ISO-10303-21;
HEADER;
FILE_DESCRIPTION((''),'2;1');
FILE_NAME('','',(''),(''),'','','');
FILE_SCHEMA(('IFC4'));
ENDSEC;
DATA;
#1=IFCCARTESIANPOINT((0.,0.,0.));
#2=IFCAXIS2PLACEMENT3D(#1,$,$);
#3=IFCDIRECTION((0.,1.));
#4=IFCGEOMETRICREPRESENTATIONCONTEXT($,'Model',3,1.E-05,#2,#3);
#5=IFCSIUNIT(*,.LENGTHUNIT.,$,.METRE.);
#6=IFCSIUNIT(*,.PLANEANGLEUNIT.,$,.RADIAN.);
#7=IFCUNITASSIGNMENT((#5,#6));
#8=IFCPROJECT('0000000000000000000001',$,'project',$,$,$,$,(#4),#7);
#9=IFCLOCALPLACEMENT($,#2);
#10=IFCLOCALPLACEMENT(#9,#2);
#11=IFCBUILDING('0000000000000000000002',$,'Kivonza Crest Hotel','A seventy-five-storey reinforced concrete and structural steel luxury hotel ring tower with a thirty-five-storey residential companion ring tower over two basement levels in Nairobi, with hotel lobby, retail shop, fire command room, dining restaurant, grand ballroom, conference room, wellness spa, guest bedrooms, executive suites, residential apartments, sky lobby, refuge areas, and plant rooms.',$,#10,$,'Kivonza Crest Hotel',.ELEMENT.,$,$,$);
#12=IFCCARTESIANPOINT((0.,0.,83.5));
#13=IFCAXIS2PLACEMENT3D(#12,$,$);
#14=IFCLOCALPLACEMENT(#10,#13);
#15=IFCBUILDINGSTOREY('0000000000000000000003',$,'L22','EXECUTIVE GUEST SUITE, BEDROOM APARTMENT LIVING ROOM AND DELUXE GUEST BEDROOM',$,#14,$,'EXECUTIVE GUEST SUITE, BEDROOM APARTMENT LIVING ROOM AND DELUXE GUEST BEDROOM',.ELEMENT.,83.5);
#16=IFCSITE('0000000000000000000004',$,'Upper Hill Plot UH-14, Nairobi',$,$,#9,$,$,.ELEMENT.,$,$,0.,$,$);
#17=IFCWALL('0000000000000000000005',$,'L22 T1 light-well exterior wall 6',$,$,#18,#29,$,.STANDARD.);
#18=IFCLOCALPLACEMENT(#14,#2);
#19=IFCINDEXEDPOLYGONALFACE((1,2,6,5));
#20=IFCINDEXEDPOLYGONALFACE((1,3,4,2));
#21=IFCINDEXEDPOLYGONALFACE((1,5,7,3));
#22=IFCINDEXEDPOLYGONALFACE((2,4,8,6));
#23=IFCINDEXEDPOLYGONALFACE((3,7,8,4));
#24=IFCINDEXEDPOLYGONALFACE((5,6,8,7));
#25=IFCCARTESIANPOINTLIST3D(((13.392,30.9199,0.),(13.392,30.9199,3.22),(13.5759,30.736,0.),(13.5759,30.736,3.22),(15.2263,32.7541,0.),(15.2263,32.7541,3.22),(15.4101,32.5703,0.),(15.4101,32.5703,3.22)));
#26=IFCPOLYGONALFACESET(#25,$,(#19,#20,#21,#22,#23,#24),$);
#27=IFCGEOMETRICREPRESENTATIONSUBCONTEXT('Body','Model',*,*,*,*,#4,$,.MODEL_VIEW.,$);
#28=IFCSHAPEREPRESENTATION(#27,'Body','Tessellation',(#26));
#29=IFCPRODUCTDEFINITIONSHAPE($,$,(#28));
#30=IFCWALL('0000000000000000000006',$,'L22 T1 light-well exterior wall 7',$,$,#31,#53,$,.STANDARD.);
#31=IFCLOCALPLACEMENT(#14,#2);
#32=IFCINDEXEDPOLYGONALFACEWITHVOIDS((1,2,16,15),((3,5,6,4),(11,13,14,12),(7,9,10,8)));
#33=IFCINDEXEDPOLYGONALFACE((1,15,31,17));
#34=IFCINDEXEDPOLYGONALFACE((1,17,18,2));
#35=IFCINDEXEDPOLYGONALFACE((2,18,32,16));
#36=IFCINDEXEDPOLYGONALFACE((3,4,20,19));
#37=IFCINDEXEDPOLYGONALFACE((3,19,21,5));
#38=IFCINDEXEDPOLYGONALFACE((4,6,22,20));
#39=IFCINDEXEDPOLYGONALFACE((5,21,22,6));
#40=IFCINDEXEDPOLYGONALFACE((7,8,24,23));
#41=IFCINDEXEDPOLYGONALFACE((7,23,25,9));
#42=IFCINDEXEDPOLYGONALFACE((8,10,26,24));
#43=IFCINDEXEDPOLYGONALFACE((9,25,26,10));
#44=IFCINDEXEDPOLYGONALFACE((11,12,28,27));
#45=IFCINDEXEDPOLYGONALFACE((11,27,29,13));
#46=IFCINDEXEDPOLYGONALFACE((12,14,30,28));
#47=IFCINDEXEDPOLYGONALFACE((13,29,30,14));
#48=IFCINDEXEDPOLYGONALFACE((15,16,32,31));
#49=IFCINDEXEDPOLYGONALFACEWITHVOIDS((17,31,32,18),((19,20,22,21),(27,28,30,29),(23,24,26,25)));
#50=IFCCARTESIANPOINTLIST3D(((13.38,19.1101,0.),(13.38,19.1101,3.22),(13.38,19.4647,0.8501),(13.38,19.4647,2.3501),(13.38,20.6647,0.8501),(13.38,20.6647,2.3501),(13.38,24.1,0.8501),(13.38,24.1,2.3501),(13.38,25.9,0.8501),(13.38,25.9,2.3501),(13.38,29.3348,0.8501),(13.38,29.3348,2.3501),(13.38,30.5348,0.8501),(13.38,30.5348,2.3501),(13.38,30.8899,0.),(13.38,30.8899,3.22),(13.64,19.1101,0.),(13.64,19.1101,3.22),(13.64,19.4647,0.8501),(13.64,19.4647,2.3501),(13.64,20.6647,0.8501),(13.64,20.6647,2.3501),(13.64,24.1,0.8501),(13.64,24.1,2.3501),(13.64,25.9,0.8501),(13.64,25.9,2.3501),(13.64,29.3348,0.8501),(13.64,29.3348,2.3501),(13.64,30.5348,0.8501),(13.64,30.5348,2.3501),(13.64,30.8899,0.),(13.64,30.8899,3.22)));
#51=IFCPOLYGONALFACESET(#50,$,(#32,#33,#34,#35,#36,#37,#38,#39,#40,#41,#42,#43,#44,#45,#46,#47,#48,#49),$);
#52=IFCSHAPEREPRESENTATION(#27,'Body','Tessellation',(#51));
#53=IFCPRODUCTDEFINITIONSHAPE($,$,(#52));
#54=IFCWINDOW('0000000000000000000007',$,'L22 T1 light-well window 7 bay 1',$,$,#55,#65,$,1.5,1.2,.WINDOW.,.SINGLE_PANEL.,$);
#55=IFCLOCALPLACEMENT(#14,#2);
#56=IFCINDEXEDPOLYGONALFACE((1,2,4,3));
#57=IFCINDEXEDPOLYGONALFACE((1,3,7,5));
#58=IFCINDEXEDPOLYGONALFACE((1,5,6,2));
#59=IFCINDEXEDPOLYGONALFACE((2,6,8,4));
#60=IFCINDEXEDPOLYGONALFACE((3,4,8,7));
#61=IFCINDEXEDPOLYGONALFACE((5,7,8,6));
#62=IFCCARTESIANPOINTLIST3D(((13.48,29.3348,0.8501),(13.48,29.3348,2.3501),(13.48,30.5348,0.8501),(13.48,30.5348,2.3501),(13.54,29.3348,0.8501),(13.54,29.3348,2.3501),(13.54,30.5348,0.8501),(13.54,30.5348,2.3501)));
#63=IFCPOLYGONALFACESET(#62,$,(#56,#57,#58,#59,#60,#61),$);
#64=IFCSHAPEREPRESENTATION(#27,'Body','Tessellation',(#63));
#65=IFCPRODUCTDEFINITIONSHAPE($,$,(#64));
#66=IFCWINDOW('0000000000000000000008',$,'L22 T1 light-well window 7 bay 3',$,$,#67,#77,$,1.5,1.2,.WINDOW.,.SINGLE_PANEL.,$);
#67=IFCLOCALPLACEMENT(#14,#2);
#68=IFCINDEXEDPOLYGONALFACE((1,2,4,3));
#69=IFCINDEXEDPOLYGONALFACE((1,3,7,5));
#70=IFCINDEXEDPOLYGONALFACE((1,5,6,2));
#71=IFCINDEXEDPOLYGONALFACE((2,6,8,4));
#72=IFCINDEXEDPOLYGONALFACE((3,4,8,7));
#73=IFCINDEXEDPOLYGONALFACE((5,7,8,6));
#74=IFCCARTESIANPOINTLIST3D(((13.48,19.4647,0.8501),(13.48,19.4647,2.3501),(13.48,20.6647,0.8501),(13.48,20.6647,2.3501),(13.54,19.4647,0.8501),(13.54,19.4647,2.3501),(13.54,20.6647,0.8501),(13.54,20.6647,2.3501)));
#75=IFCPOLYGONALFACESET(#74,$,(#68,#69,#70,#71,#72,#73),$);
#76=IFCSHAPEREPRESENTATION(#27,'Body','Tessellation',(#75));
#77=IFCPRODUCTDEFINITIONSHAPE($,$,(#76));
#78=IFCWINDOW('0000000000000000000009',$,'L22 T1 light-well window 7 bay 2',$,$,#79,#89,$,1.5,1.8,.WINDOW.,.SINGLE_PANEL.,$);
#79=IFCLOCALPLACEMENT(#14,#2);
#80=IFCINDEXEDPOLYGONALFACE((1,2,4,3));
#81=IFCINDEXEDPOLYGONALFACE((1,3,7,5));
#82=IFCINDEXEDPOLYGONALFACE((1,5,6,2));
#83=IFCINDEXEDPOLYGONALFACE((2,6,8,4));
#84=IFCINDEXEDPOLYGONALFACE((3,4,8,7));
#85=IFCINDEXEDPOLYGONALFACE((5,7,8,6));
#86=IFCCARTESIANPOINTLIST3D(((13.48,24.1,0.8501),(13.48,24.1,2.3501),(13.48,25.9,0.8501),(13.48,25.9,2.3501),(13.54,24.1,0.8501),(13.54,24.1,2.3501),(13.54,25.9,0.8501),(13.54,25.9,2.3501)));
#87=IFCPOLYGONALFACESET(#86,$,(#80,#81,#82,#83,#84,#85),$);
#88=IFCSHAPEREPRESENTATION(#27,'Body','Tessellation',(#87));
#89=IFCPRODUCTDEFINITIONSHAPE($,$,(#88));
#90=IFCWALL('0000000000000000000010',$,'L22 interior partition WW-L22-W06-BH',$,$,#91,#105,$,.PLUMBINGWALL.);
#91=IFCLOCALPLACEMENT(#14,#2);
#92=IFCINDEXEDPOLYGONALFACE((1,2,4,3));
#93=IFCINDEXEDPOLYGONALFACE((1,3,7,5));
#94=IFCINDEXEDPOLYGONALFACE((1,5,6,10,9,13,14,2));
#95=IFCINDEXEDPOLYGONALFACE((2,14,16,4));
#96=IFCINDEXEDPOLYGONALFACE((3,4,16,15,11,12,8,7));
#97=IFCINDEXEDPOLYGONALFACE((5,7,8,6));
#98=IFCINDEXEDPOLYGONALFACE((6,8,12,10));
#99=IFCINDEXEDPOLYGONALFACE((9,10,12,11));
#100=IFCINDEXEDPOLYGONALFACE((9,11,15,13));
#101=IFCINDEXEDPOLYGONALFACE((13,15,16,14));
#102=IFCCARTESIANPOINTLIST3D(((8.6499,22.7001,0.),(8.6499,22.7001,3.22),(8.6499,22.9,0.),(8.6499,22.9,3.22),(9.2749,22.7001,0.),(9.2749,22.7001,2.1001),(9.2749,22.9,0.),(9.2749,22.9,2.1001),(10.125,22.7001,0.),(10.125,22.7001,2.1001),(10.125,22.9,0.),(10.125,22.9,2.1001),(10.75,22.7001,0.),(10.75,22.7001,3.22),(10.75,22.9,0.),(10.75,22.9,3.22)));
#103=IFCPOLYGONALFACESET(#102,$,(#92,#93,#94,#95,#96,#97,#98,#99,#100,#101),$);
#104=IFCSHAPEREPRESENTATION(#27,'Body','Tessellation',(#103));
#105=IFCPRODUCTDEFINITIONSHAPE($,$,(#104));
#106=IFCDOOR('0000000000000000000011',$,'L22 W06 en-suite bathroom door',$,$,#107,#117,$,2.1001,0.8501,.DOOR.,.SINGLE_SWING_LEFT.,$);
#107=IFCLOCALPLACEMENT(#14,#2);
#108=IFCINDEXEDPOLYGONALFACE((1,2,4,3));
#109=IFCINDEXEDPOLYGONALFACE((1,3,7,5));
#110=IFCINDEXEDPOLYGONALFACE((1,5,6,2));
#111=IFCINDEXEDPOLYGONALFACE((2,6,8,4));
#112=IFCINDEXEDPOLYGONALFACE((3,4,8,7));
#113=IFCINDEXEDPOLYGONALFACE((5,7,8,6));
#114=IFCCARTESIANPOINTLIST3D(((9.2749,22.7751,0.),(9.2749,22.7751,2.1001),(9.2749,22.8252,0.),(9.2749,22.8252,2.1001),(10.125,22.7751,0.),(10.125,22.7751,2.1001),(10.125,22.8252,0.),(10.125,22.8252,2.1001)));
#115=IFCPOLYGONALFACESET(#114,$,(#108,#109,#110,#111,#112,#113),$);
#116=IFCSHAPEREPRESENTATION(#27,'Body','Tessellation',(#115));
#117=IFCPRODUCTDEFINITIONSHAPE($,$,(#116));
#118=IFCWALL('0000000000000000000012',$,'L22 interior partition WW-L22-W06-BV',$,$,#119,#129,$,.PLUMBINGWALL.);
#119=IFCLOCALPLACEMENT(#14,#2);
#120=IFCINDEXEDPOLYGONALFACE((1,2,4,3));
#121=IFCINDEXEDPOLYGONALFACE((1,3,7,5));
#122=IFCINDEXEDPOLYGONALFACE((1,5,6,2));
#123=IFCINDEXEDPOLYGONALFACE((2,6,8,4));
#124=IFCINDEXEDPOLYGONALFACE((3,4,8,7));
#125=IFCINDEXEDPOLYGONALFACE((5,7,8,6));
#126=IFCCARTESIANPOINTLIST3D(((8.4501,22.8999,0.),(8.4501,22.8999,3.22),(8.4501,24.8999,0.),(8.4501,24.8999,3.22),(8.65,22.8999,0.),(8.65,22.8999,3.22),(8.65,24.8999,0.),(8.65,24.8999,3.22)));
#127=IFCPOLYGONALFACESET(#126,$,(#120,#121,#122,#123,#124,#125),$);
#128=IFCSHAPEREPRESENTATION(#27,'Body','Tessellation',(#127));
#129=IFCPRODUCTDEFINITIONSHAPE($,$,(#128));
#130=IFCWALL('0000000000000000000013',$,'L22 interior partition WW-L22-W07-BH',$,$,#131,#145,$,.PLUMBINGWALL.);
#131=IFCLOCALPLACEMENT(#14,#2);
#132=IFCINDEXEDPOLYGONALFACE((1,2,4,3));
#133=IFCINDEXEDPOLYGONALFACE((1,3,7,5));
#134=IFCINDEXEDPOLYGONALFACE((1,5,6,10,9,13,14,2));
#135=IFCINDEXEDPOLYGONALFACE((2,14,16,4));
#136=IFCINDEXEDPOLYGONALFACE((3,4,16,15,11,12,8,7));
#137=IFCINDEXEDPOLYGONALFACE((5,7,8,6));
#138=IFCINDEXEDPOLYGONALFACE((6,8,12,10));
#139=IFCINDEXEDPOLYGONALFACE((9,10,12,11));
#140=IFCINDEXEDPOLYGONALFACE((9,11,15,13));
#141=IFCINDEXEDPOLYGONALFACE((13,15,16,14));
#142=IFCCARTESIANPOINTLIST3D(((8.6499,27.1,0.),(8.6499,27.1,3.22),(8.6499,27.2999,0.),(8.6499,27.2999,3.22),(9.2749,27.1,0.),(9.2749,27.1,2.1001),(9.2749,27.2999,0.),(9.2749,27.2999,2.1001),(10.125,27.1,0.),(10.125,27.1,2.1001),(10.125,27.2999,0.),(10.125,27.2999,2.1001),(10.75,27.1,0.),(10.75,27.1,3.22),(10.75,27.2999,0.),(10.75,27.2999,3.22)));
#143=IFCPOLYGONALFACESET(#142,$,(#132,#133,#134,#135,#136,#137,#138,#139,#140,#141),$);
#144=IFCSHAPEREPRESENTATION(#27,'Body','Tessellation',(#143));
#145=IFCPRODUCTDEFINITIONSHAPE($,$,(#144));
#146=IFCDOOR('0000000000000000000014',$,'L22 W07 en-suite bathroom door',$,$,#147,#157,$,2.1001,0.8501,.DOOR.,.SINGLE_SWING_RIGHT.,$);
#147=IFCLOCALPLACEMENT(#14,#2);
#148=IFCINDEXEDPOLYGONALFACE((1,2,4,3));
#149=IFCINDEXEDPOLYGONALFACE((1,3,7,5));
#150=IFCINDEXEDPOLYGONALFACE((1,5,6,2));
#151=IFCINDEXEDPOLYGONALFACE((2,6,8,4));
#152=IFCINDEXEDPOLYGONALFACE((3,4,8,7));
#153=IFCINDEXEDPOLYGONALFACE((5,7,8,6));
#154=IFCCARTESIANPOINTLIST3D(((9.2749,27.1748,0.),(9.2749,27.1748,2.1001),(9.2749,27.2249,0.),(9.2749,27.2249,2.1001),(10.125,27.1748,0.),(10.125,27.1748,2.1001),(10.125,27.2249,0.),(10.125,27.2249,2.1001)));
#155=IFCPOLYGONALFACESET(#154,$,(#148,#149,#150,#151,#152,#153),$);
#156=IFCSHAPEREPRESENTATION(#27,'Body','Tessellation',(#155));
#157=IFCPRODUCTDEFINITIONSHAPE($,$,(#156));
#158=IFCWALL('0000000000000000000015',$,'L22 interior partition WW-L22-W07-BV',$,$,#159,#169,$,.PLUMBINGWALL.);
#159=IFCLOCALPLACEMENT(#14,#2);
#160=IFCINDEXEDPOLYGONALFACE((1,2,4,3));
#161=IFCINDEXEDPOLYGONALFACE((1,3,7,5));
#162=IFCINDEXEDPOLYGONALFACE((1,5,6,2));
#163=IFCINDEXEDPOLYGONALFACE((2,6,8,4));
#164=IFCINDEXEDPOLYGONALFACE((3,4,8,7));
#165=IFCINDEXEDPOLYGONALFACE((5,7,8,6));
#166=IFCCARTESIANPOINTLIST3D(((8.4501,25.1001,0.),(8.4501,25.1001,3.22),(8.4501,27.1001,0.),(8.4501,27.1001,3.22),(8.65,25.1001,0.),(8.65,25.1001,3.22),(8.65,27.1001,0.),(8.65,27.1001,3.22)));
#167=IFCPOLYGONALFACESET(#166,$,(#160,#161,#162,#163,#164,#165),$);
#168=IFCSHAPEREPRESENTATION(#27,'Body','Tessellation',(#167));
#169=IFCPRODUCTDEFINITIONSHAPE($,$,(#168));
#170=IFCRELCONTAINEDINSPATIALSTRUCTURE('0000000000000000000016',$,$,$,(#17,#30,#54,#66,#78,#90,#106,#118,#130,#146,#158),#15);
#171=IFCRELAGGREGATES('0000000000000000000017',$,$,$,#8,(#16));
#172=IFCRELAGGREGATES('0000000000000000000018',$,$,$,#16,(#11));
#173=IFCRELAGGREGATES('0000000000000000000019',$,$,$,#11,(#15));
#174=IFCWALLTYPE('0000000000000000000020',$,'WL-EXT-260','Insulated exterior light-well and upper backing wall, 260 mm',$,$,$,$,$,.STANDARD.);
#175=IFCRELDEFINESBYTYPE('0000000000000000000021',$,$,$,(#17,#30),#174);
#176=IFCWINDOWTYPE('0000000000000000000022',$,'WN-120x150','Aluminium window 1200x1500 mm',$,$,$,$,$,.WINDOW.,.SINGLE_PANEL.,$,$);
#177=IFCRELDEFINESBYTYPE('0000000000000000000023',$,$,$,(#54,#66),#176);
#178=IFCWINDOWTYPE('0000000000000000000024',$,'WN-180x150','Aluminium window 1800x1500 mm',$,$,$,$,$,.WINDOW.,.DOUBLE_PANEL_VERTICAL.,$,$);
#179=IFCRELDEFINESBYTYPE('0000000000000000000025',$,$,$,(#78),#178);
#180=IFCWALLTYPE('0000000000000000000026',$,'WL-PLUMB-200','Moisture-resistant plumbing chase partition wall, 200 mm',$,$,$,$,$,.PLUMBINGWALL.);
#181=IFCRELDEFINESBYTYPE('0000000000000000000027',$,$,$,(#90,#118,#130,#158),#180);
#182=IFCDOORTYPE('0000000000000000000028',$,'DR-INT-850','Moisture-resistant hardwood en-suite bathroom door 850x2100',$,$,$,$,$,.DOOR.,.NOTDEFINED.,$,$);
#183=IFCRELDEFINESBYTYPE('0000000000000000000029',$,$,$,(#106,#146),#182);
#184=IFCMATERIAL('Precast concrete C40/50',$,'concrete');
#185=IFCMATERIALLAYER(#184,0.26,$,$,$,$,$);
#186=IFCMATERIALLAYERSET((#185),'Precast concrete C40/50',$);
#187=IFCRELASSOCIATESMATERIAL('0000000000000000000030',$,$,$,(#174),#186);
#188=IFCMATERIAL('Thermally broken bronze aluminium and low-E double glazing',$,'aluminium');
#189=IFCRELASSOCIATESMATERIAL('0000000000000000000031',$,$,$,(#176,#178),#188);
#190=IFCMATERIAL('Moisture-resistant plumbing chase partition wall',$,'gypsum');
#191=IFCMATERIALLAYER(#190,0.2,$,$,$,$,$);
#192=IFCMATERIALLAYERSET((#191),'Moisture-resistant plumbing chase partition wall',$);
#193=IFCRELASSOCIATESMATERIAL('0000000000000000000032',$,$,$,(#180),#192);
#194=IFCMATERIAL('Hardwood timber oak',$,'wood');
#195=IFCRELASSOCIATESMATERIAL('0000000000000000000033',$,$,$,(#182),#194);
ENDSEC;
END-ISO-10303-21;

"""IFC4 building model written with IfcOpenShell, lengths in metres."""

from ifc_helpers import new_model, si_unit, direction, frame, frame_2d, origin, place, context, subcontext, project, spatial, rectangle, extrude, material, layer, layer_set, type_object, element, fill, save


model = new_model("IFC4")

# Units and contexts
model_context = context("Model", 3, precision=1e-05, world=origin(), true_north=direction((0.0, 1.0)))
body_context = subcontext(model_context, "Body", "Model", "MODEL_VIEW")
ifc_project = project(units=[si_unit("LENGTHUNIT", "METRE"), si_unit("PLANEANGLEUNIT", "RADIAN")], contexts=[model_context])

# Site, building, storey
site_placement = place(None, origin())
site = spatial("IfcSite", under=ifc_project, at=site_placement, Name="Upper Hill Plot UH-14, Nairobi", CompositionType="ELEMENT", RefElevation=0.0)
building_placement = place(site_placement, origin())
building = spatial("IfcBuilding", under=site, at=building_placement, Name="Kivonza Crest Hotel", Description="A seventy-five-storey reinforced concrete and structural steel luxury hotel ring tower with a thirty-five-storey residential companion ring tower over two basement levels in Nairobi, with hotel lobby, retail shop, fire command room, dining restaurant, grand ballroom, conference room, wellness spa, guest bedrooms, executive suites, residential apartments, sky lobby, refuge areas, and plant rooms.", LongName="Kivonza Crest Hotel", CompositionType="ELEMENT")
storey_placement = place(building_placement, frame((0.0, 0.0, 83.5)))
storey = spatial("IfcBuildingStorey", under=building, at=storey_placement, Name="L22", Description="EXECUTIVE GUEST SUITE, BEDROOM APARTMENT LIVING ROOM AND DELUXE GUEST BEDROOM", LongName="EXECUTIVE GUEST SUITE, BEDROOM APARTMENT LIVING ROOM AND DELUXE GUEST BEDROOM", CompositionType="ELEMENT", Elevation=83.5)

# Shared definitions
ifc_material_1 = material(Name="Hardwood timber oak", Category="wood")

# Wall
ifc_material_2 = material(Name="Precast concrete C40/50", Category="concrete")
ifc_layer_1 = layer(ifc_material_2, 0.26)
ifc_layer_set_1 = layer_set([ifc_layer_1], Name="Precast concrete C40/50")
wall_type_1 = type_object("IfcWallType", Name="WL-EXT-260", Description="Insulated exterior light-well and upper backing wall, 260 mm", PredefinedType="STANDARD", material=ifc_layer_set_1)
wall_1_placement = place(storey_placement, frame((15.3181, 32.6621, 0.0), z_axis=(0.0, 0.0, 1.0), x_axis=(-0.707107, -0.707107, 0.0)))
element("IfcWall", 1, at=wall_1_placement, inside=storey, type_object=wall_type_1, Name="L22 T1 light-well exterior wall 6", PredefinedType="STANDARD", context=body_context, shape_type="SweptSolid", body=[
    extrude(rectangle(XDim=2.594, YDim=0.26, at=frame_2d((1.2969, 0.0))), origin(), (0.0, 0.0, 1.0), 3.22),
])

# Wall, openings, windows
wall_2_placement = place(storey_placement, frame((13.51, 30.8899, 0.0), z_axis=(0.0, 0.0, 1.0), x_axis=(0.0, -1.0, 0.0)))
wall_2 = element("IfcWall", 2, at=wall_2_placement, inside=storey, type_object=wall_type_1, Name="L22 T1 light-well exterior wall 7", PredefinedType="STANDARD", context=body_context, shape_type="SweptSolid", body=[
    extrude(rectangle(XDim=11.7798, YDim=0.26, at=frame_2d((5.8899, 0.0))), origin(), (0.0, 0.0, 1.0), 3.22),
])
opening_1_placement = place(wall_2_placement, frame((0.355, 0.0, 0.8501)))
opening_1 = element("IfcOpeningElement", 3, at=opening_1_placement, cuts=wall_2, PredefinedType="OPENING", context=body_context, shape_type="SweptSolid", body=[
    extrude(rectangle(XDim=1.2, YDim=1.5, at=frame_2d((0.6001, 0.75))), frame((0.0, 0.1401, 0.0), z_axis=(0.0, -1.0, 0.0), x_axis=(1.0, 0.0, 0.0)), (0.0, 0.0, 1.0), 0.28),
])
opening_2_placement = place(wall_2_placement, frame((4.99, 0.0, 0.8501)))
opening_2 = element("IfcOpeningElement", 4, at=opening_2_placement, cuts=wall_2, PredefinedType="OPENING", context=body_context, shape_type="SweptSolid", body=[
    extrude(rectangle(XDim=1.8, YDim=1.5, at=frame_2d((0.8999, 0.75))), frame((0.0, 0.1401, 0.0), z_axis=(0.0, -1.0, 0.0), x_axis=(1.0, 0.0, 0.0)), (0.0, 0.0, 1.0), 0.28),
])
opening_3_placement = place(wall_2_placement, frame((10.2251, 0.0, 0.8501)))
opening_3 = element("IfcOpeningElement", 5, at=opening_3_placement, cuts=wall_2, PredefinedType="OPENING", context=body_context, shape_type="SweptSolid", body=[
    extrude(rectangle(XDim=1.2, YDim=1.5, at=frame_2d((0.6001, 0.75))), frame((0.0, 0.1401, 0.0), z_axis=(0.0, -1.0, 0.0), x_axis=(1.0, 0.0, 0.0)), (0.0, 0.0, 1.0), 0.28),
])
ifc_material_3 = material(Name="Thermally broken bronze aluminium and low-E double glazing", Category="aluminium")
window_type_1 = type_object("IfcWindowType", Name="WN-120x150", Description="Aluminium window 1200x1500 mm", PartitioningType="SINGLE_PANEL", PredefinedType="WINDOW", material=ifc_material_3)
window_1_placement = place(opening_1_placement, origin())
window_1 = element("IfcWindow", 6, at=window_1_placement, inside=storey, type_object=window_type_1, Name="L22 T1 light-well window 7 bay 1", OverallHeight=1.5, OverallWidth=1.2, PartitioningType="SINGLE_PANEL", PredefinedType="WINDOW", context=body_context, shape_type="SweptSolid", body=[
    extrude(rectangle(XDim=1.2, YDim=1.5, at=frame_2d((0.6001, 0.75))), frame((0.0, 0.03, 0.0), z_axis=(0.0, -1.0, 0.0), x_axis=(1.0, 0.0, 0.0)), (0.0, 0.0, 1.0), 0.0601),
])
fill(opening_1, window_1)
window_2_placement = place(opening_3_placement, origin())
window_2 = element("IfcWindow", 7, at=window_2_placement, inside=storey, type_object=window_type_1, Name="L22 T1 light-well window 7 bay 3", OverallHeight=1.5, OverallWidth=1.2, PartitioningType="SINGLE_PANEL", PredefinedType="WINDOW", context=body_context, shape_type="SweptSolid", body=[
    extrude(rectangle(XDim=1.2, YDim=1.5, at=frame_2d((0.6001, 0.75))), frame((0.0, 0.03, 0.0), z_axis=(0.0, -1.0, 0.0), x_axis=(1.0, 0.0, 0.0)), (0.0, 0.0, 1.0), 0.0601),
])
fill(opening_3, window_2)
window_type_2 = type_object("IfcWindowType", Name="WN-180x150", Description="Aluminium window 1800x1500 mm", PartitioningType="DOUBLE_PANEL_VERTICAL", PredefinedType="WINDOW", material=ifc_material_3)
window_3_placement = place(opening_2_placement, origin())
window_3 = element("IfcWindow", 8, at=window_3_placement, inside=storey, type_object=window_type_2, Name="L22 T1 light-well window 7 bay 2", OverallHeight=1.5, OverallWidth=1.8, PartitioningType="SINGLE_PANEL", PredefinedType="WINDOW", context=body_context, shape_type="SweptSolid", body=[
    extrude(rectangle(XDim=1.8, YDim=1.5, at=frame_2d((0.8999, 0.75))), frame((0.0, 0.03, 0.0), z_axis=(0.0, -1.0, 0.0), x_axis=(1.0, 0.0, 0.0)), (0.0, 0.0, 1.0), 0.0601),
])
fill(opening_2, window_3)

# Wall, opening, door
ifc_material_4 = material(Name="Moisture-resistant plumbing chase partition wall", Category="gypsum")
ifc_layer_2 = layer(ifc_material_4, 0.2)
ifc_layer_set_2 = layer_set([ifc_layer_2], Name="Moisture-resistant plumbing chase partition wall")
wall_type_2 = type_object("IfcWallType", Name="WL-PLUMB-200", Description="Moisture-resistant plumbing chase partition wall, 200 mm", PredefinedType="PLUMBINGWALL", material=ifc_layer_set_2)
wall_3_placement = place(storey_placement, frame((8.6499, 22.8, 0.0), z_axis=(0.0, 0.0, 1.0), x_axis=(1.0, 0.0, 0.0)))
wall_3 = element("IfcWall", 9, at=wall_3_placement, inside=storey, type_object=wall_type_2, Name="L22 interior partition WW-L22-W06-BH", PredefinedType="PLUMBINGWALL", context=body_context, shape_type="SweptSolid", body=[
    extrude(rectangle(XDim=2.1001, YDim=0.2, at=frame_2d((1.05, 0.0))), origin(), (0.0, 0.0, 1.0), 3.22),
])
opening_4_placement = place(wall_3_placement, frame((0.625, 0.0, 0.0)))
opening_4 = element("IfcOpeningElement", 10, at=opening_4_placement, cuts=wall_3, PredefinedType="OPENING", context=body_context, shape_type="SweptSolid", body=[
    extrude(rectangle(XDim=0.8501, YDim=2.1001, at=frame_2d((0.425, 1.05))), frame((0.0, 0.1099, 0.0), z_axis=(0.0, -1.0, 0.0), x_axis=(1.0, 0.0, 0.0)), (0.0, 0.0, 1.0), 0.22),
])
door_type_1 = type_object("IfcDoorType", Name="DR-INT-850", Description="Moisture-resistant hardwood en-suite bathroom door 850x2100", OperationType="NOTDEFINED", PredefinedType="DOOR", material=ifc_material_1)
door_1_placement = place(opening_4_placement, frame((0.8501, 0.0, 0.0), z_axis=(0.0, 0.0, 1.0), x_axis=(-1.0, 0.0, 0.0)))
door_1 = element("IfcDoor", 11, at=door_1_placement, inside=storey, type_object=door_type_1, Name="L22 W06 en-suite bathroom door", OperationType="SINGLE_SWING_LEFT", OverallHeight=2.1001, OverallWidth=0.8501, PredefinedType="DOOR", context=body_context, shape_type="SweptSolid", body=[
    extrude(rectangle(XDim=0.8501, YDim=2.1001, at=frame_2d((0.425, 1.05))), frame((0.0, 0.0249, 0.0), z_axis=(0.0, -1.0, 0.0), x_axis=(1.0, 0.0, 0.0)), (0.0, 0.0, 1.0), 0.05),
])
fill(opening_4, door_1)

# Wall
wall_4_placement = place(storey_placement, frame((8.55, 22.8999, 0.0), z_axis=(0.0, 0.0, 1.0), x_axis=(0.0, 1.0, 0.0)))
element("IfcWall", 12, at=wall_4_placement, inside=storey, type_object=wall_type_2, Name="L22 interior partition WW-L22-W06-BV", PredefinedType="PLUMBINGWALL", context=body_context, shape_type="SweptSolid", body=[
    extrude(rectangle(XDim=2.0, YDim=0.2, at=frame_2d((1.0, 0.0))), origin(), (0.0, 0.0, 1.0), 3.22),
])

# Wall, opening, door
wall_5_placement = place(storey_placement, frame((8.6499, 27.2, 0.0), z_axis=(0.0, 0.0, 1.0), x_axis=(1.0, 0.0, 0.0)))
wall_5 = element("IfcWall", 13, at=wall_5_placement, inside=storey, type_object=wall_type_2, Name="L22 interior partition WW-L22-W07-BH", PredefinedType="PLUMBINGWALL", context=body_context, shape_type="SweptSolid", body=[
    extrude(rectangle(XDim=2.1001, YDim=0.2, at=frame_2d((1.05, 0.0))), origin(), (0.0, 0.0, 1.0), 3.22),
])
opening_5_placement = place(wall_5_placement, frame((0.625, 0.0, 0.0)))
opening_5 = element("IfcOpeningElement", 14, at=opening_5_placement, cuts=wall_5, PredefinedType="OPENING", context=body_context, shape_type="SweptSolid", body=[
    extrude(rectangle(XDim=0.8501, YDim=2.1001, at=frame_2d((0.425, 1.05))), frame((0.0, 0.1099, 0.0), z_axis=(0.0, -1.0, 0.0), x_axis=(1.0, 0.0, 0.0)), (0.0, 0.0, 1.0), 0.22),
])
door_2_placement = place(opening_5_placement, origin())
door_2 = element("IfcDoor", 15, at=door_2_placement, inside=storey, type_object=door_type_1, Name="L22 W07 en-suite bathroom door", OperationType="SINGLE_SWING_RIGHT", OverallHeight=2.1001, OverallWidth=0.8501, PredefinedType="DOOR", context=body_context, shape_type="SweptSolid", body=[
    extrude(rectangle(XDim=0.8501, YDim=2.1001, at=frame_2d((0.425, 1.05))), frame((0.0, 0.0249, 0.0), z_axis=(0.0, -1.0, 0.0), x_axis=(1.0, 0.0, 0.0)), (0.0, 0.0, 1.0), 0.05),
])
fill(opening_5, door_2)

# Wall
wall_6_placement = place(storey_placement, frame((8.55, 25.1001, 0.0), z_axis=(0.0, 0.0, 1.0), x_axis=(0.0, 1.0, 0.0)))
element("IfcWall", 16, at=wall_6_placement, inside=storey, type_object=wall_type_2, Name="L22 interior partition WW-L22-W07-BV", PredefinedType="PLUMBINGWALL", context=body_context, shape_type="SweptSolid", body=[
    extrude(rectangle(XDim=2.0, YDim=0.2, at=frame_2d((1.0, 0.0))), origin(), (0.0, 0.0, 1.0), 3.22),
])

save(model, "model.ifc")
